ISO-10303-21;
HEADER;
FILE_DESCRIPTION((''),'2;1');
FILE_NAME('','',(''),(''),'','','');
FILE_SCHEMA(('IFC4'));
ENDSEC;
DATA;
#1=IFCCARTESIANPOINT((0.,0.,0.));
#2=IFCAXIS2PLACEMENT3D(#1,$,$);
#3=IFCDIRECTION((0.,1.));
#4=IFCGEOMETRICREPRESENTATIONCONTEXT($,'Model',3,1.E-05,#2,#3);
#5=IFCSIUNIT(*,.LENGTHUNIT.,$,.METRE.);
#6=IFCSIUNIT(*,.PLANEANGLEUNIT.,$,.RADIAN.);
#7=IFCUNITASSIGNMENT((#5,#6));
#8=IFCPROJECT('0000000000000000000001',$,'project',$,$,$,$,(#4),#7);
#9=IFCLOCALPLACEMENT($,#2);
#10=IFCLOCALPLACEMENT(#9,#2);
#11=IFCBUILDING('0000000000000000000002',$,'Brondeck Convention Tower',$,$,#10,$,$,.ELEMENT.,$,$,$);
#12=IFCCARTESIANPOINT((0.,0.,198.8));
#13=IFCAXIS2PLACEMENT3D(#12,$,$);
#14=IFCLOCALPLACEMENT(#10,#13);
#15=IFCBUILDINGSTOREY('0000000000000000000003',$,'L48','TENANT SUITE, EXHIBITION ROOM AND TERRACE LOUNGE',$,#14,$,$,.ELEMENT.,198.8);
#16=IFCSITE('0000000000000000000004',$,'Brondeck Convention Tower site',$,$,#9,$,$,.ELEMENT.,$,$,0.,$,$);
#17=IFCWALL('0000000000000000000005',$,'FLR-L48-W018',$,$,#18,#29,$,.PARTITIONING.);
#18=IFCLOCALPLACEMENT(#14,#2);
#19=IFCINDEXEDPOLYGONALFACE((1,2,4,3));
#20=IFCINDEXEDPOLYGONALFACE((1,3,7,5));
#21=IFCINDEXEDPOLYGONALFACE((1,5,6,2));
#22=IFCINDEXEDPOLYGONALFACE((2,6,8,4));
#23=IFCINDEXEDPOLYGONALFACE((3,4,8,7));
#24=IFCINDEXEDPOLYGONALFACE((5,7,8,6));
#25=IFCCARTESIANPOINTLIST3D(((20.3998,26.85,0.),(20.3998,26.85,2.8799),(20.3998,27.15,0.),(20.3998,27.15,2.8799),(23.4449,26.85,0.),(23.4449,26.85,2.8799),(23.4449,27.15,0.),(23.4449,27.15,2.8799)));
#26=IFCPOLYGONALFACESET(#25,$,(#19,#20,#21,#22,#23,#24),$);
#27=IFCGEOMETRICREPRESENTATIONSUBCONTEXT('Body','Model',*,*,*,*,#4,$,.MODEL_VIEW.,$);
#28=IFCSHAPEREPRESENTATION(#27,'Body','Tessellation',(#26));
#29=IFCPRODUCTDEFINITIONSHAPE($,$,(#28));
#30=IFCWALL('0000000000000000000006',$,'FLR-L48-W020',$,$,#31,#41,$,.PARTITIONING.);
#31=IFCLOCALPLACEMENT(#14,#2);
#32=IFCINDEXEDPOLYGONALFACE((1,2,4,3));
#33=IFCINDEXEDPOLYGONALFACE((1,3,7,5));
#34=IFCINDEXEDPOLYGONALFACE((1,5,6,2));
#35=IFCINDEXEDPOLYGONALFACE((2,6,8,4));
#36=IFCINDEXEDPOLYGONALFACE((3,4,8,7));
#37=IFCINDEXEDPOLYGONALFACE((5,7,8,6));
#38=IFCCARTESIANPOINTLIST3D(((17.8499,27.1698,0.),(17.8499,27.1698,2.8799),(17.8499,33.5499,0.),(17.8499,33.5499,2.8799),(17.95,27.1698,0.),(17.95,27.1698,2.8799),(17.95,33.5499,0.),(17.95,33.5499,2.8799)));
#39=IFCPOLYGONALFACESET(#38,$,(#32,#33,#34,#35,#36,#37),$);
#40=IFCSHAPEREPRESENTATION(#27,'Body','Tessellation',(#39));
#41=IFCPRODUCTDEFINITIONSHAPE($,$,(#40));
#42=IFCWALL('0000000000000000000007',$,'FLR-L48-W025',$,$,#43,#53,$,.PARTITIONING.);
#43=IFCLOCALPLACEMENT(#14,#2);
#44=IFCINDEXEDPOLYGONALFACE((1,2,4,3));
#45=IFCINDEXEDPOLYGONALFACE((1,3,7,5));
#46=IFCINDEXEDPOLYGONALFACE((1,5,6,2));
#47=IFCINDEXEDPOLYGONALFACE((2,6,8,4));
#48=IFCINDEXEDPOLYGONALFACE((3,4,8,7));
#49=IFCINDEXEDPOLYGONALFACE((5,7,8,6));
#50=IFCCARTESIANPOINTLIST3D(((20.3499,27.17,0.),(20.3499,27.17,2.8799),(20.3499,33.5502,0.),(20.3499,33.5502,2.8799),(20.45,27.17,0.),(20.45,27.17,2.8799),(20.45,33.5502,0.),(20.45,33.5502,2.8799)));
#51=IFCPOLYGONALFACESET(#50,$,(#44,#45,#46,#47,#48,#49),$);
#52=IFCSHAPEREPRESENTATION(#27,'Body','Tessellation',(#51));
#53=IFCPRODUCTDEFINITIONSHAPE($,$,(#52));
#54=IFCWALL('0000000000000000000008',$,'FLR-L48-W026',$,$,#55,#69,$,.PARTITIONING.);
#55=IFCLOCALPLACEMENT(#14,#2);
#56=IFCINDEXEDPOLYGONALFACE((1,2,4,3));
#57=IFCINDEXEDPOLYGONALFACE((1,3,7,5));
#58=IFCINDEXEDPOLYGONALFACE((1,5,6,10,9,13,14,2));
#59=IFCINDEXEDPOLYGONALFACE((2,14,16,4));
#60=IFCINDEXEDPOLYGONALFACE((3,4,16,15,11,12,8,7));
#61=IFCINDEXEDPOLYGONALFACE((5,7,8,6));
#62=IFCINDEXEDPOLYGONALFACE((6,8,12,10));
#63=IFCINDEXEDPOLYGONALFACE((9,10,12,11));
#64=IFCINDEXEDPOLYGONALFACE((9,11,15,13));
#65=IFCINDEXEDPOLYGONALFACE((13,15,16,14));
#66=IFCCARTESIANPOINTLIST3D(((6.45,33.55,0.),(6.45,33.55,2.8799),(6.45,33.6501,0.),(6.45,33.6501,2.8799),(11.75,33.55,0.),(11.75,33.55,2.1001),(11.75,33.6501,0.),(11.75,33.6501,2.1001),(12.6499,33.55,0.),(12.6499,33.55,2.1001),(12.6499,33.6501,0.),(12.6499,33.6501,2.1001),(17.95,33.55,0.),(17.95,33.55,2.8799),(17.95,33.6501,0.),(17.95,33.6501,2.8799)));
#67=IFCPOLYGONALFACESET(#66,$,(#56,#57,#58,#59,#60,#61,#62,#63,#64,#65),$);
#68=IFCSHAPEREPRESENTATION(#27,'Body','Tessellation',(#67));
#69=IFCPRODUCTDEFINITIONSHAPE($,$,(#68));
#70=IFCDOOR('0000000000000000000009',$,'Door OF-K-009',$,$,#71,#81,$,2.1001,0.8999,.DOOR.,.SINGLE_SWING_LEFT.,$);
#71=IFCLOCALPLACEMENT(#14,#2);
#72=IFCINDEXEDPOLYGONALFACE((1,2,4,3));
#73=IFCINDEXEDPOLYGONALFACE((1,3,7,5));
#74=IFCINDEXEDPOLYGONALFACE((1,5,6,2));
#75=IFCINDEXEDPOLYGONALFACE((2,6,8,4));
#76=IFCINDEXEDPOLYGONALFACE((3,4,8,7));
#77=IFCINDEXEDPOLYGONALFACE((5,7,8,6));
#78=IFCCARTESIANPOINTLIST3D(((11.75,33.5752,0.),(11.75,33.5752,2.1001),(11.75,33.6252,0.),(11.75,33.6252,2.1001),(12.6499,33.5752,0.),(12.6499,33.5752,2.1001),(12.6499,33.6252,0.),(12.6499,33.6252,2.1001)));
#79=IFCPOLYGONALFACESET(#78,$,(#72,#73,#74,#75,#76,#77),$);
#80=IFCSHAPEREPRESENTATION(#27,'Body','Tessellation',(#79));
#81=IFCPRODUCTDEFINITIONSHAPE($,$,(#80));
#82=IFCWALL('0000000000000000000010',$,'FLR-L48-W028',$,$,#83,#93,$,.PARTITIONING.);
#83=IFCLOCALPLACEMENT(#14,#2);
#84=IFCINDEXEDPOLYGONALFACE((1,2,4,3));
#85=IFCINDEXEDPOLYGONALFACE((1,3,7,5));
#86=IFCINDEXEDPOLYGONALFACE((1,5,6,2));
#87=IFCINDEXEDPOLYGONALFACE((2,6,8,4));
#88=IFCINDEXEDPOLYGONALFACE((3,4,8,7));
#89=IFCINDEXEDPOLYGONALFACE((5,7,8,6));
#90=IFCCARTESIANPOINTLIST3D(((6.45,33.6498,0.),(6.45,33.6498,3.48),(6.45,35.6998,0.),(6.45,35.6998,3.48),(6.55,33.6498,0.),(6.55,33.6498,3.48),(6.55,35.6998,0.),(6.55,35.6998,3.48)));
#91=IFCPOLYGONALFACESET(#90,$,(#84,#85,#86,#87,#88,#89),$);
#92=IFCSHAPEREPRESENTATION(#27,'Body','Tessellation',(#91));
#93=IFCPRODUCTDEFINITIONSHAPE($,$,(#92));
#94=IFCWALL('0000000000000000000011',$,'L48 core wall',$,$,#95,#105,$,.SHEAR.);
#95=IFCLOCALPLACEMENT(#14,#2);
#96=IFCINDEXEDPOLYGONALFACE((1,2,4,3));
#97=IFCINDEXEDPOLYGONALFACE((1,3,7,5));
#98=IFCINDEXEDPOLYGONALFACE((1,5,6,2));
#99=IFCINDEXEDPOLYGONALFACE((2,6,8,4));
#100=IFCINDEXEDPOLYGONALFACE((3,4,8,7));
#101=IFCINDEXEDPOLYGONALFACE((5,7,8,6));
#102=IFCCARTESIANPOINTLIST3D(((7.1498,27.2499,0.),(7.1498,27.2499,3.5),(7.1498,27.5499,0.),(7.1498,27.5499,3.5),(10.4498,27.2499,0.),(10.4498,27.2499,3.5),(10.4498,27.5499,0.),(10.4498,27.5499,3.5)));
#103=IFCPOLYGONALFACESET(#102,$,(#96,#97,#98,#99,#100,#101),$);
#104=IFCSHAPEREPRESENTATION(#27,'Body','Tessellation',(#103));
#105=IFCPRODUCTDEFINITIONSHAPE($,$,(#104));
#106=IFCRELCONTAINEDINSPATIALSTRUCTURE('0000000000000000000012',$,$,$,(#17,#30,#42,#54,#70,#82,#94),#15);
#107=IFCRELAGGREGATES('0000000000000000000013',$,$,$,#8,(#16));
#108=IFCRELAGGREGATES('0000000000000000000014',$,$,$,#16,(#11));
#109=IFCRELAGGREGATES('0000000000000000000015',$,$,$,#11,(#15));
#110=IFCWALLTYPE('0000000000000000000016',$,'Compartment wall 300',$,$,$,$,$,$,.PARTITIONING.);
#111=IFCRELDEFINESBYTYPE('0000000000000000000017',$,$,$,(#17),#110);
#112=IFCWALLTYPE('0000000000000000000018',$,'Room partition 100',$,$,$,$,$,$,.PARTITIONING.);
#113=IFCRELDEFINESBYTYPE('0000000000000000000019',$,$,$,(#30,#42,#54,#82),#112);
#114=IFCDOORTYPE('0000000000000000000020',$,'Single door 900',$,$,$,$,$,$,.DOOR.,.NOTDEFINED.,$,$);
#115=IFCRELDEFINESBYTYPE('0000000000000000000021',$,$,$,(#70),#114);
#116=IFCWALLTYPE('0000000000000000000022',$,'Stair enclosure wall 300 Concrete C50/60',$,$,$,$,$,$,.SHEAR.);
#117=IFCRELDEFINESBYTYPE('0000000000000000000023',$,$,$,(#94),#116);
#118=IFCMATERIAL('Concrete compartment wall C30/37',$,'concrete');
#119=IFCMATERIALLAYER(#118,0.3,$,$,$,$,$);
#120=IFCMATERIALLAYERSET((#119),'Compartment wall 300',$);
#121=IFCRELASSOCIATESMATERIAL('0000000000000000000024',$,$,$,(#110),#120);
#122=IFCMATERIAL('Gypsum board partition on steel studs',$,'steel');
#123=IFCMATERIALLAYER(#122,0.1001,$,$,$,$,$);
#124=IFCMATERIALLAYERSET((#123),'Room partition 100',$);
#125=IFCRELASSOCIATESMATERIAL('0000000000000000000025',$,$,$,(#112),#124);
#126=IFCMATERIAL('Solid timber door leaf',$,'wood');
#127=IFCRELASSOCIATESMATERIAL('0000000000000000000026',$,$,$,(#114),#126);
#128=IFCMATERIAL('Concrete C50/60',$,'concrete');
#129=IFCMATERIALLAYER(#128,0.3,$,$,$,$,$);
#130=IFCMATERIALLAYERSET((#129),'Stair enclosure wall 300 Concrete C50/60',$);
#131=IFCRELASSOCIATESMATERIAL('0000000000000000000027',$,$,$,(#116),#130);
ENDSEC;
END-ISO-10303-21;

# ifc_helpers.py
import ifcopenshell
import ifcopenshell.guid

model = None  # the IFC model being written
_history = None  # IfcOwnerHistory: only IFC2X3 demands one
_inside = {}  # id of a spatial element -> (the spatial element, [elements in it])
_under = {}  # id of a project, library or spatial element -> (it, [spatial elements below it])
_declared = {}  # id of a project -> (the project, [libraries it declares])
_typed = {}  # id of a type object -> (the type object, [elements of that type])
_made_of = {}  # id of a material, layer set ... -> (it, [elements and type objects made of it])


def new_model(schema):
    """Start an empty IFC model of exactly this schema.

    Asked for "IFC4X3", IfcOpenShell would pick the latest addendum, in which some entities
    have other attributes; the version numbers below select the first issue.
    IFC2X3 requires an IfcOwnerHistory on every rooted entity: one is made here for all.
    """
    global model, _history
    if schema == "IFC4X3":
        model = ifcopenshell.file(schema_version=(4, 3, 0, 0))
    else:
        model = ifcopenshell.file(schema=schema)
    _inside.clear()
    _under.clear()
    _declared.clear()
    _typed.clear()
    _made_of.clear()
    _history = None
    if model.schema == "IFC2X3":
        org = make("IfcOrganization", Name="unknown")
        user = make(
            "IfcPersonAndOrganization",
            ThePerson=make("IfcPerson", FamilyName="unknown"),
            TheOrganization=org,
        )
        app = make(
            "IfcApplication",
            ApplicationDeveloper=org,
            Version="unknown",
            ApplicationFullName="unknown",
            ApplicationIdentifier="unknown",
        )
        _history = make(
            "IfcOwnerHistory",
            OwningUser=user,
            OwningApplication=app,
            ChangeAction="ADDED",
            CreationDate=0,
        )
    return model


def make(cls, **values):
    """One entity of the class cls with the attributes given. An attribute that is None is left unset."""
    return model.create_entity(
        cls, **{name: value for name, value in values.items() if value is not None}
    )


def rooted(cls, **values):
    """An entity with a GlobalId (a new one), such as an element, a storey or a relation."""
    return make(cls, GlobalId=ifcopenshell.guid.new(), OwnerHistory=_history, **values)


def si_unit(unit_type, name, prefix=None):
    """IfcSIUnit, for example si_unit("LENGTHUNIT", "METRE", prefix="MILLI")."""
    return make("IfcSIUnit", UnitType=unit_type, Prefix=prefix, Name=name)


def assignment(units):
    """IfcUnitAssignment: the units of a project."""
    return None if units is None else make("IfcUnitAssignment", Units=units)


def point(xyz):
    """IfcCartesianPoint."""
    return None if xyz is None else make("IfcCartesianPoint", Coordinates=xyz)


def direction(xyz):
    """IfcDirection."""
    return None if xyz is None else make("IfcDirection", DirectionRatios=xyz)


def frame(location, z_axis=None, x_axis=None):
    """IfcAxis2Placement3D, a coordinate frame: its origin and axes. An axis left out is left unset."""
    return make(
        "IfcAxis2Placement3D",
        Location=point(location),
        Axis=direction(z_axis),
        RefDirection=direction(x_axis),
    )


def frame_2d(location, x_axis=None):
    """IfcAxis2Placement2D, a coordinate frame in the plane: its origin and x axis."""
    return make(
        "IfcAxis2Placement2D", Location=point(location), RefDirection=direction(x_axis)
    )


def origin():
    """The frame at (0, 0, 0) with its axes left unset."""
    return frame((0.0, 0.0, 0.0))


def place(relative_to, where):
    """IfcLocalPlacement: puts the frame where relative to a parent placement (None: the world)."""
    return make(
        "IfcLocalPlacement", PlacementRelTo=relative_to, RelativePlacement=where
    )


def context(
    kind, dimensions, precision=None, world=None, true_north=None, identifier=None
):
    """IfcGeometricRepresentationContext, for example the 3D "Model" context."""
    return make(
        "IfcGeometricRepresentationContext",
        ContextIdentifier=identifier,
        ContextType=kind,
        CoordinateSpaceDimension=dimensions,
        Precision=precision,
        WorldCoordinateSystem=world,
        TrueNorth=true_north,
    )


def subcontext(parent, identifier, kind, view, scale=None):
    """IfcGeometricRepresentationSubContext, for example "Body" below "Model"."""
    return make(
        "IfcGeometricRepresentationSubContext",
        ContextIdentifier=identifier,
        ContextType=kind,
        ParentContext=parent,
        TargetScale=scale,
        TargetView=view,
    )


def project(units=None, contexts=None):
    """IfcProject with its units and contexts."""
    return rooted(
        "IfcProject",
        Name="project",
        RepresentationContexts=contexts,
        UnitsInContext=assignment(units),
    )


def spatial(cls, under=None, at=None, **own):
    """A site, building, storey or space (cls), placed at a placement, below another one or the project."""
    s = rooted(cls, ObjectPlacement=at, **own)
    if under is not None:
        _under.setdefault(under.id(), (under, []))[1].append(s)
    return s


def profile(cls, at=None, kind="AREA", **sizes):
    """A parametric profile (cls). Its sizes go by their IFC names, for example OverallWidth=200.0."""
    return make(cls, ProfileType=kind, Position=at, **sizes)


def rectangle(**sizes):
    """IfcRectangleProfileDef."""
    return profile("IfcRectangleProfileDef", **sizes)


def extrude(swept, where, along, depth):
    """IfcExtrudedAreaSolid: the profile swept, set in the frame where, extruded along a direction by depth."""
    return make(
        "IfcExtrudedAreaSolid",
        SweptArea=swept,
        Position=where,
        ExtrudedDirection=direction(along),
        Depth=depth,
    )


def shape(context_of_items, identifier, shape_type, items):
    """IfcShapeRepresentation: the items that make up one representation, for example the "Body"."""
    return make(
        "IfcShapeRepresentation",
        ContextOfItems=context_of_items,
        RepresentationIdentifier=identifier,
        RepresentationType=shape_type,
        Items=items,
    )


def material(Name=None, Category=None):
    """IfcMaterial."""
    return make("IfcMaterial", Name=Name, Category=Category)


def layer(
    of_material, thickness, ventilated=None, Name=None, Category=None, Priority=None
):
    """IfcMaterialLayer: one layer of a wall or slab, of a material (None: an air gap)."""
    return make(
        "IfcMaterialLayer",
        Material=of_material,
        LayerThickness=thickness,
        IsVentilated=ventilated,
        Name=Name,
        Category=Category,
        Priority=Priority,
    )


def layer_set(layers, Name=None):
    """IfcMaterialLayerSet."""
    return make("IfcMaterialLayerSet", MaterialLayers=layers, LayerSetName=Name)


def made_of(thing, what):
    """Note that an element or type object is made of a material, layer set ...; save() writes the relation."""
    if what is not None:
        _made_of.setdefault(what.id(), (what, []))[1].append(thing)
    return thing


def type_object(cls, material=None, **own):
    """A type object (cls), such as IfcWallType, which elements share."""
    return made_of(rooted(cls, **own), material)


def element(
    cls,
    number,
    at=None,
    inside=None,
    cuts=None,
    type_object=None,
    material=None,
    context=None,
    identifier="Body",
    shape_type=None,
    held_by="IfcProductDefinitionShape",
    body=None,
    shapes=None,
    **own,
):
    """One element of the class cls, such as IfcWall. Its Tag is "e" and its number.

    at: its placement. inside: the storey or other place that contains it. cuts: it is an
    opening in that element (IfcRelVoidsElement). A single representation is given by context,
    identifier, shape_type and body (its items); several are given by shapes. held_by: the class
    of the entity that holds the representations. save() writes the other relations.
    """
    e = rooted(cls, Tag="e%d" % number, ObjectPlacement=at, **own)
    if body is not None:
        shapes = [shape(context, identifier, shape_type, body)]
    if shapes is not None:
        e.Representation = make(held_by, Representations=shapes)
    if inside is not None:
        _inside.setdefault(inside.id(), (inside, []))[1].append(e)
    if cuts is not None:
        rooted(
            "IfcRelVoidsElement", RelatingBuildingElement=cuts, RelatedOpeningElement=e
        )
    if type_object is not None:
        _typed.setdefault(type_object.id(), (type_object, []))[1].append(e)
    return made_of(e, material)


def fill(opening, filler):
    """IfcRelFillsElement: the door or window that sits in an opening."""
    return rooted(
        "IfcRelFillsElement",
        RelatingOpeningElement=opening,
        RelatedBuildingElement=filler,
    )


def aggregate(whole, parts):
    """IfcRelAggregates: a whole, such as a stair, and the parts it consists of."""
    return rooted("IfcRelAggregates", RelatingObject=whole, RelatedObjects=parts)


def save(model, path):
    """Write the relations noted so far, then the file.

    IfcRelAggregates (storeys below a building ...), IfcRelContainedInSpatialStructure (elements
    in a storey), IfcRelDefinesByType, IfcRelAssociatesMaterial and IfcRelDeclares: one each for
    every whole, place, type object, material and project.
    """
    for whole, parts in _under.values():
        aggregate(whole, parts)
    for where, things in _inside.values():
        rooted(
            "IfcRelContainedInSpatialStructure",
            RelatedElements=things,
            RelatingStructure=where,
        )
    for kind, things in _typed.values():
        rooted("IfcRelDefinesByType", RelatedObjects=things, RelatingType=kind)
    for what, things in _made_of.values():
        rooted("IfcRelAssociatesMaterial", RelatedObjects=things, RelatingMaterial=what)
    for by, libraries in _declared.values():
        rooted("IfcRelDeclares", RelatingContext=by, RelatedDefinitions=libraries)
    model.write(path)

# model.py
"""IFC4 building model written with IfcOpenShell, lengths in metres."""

from ifc_helpers import new_model, si_unit, direction, frame, frame_2d, origin, place, context, subcontext, project, spatial, rectangle, extrude, material, layer, layer_set, type_object, element, fill, save


model = new_model("IFC4")

# Units and contexts
model_context = context("Model", 3, precision=1e-05, world=origin(), true_north=direction((0.0, 1.0)))
body_context = subcontext(model_context, "Body", "Model", "MODEL_VIEW")
ifc_project = project(units=[si_unit("LENGTHUNIT", "METRE"), si_unit("PLANEANGLEUNIT", "RADIAN")], contexts=[model_context])

# Site, building, storey
site_placement = place(None, origin())
site = spatial("IfcSite", under=ifc_project, at=site_placement, Name="Brondeck Convention Tower site", CompositionType="ELEMENT", RefElevation=0.0)
building_placement = place(site_placement, origin())
building = spatial("IfcBuilding", under=site, at=building_placement, Name="Brondeck Convention Tower", CompositionType="ELEMENT")
storey_placement = place(building_placement, frame((0.0, 0.0, 198.8)))
storey = spatial("IfcBuildingStorey", under=building, at=storey_placement, Name="L48", Description="TENANT SUITE, EXHIBITION ROOM AND TERRACE LOUNGE", CompositionType="ELEMENT", Elevation=198.8)

# Shared definitions
ifc_material_1 = material(Name="Concrete C50/60", Category="concrete")

# Shared definitions
ifc_material_2 = material(Name="Concrete compartment wall C30/37", Category="concrete")
ifc_layer_1 = layer(ifc_material_2, 0.3)
ifc_layer_set_1 = layer_set([ifc_layer_1], Name="Compartment wall 300")
wall_type_1 = type_object("IfcWallType", Name="Compartment wall 300", PredefinedType="PARTITIONING", material=ifc_layer_set_1)

# Walls
wall_1_placement = place(storey_placement, frame((20.3999, 27.0, 0.0), z_axis=(0.0, 0.0, 1.0), x_axis=(1.0, 0.0, 0.0)))
element("IfcWall", 1, at=wall_1_placement, inside=storey, type_object=wall_type_1, Name="FLR-L48-W018", PredefinedType="PARTITIONING", context=body_context, shape_type="SweptSolid", body=[
    extrude(rectangle(XDim=3.0452, YDim=0.3, at=frame_2d((1.5225, 0.0))), origin(), (0.0, 0.0, 1.0), 2.8799),
])
ifc_material_3 = material(Name="Gypsum board partition on steel studs", Category="steel")
ifc_layer_2 = layer(ifc_material_3, 0.1001)
ifc_layer_set_2 = layer_set([ifc_layer_2], Name="Room partition 100")
wall_type_2 = type_object("IfcWallType", Name="Room partition 100", PredefinedType="PARTITIONING", material=ifc_layer_set_2)
for number, where, z_axis, x_axis, name in (
    (2, (17.8999, 27.1699, 0.0), (0.0, 0.0, 1.0), (0.0, 1.0, 0.0), "FLR-L48-W020"),
    (3, (20.3999, 33.55, 0.0), (0.0, 0.0, 1.0), (0.0, -1.0, 0.0), "FLR-L48-W025"),
):
    element("IfcWall", number, at=place(storey_placement, frame(where, z_axis=z_axis, x_axis=x_axis)), inside=storey, type_object=wall_type_2, Name=name, PredefinedType="PARTITIONING", context=body_context, shape_type="SweptSolid", body=[
        extrude(rectangle(XDim=6.3801, YDim=0.1001, at=frame_2d((3.1899, 0.0))), origin(), (0.0, 0.0, 1.0), 2.8799),
    ])

# Wall, opening, door
wall_2_placement = place(storey_placement, frame((17.95, 33.6001, 0.0), z_axis=(0.0, 0.0, 1.0), x_axis=(-1.0, 0.0, 0.0)))
wall_2 = element("IfcWall", 4, at=wall_2_placement, inside=storey, type_object=wall_type_2, Name="FLR-L48-W026", PredefinedType="PARTITIONING", context=body_context, shape_type="SweptSolid", body=[
    extrude(rectangle(XDim=11.5, YDim=0.1001, at=frame_2d((5.75, 0.0))), origin(), (0.0, 0.0, 1.0), 2.8799),
])
opening_1_placement = place(wall_2_placement, frame((5.3, 0.0, 0.0)))
opening_1 = element("IfcOpeningElement", 5, at=opening_1_placement, cuts=wall_2, PredefinedType="OPENING", context=body_context, shape_type="SweptSolid", body=[
    extrude(rectangle(XDim=0.8999, YDim=2.1001, at=frame_2d((0.45, 1.05))), frame((0.0, 0.0601, 0.0), z_axis=(0.0, -1.0, 0.0), x_axis=(1.0, 0.0, 0.0)), (0.0, 0.0, 1.0), 0.1201),
])
ifc_material_4 = material(Name="Solid timber door leaf", Category="wood")
door_type_1 = type_object("IfcDoorType", Name="Single door 900", OperationType="NOTDEFINED", PredefinedType="DOOR", material=ifc_material_4)
door_1_placement = place(opening_1_placement, origin())
door_1 = element("IfcDoor", 6, at=door_1_placement, inside=storey, type_object=door_type_1, Name="Door OF-K-009", OperationType="SINGLE_SWING_LEFT", OverallHeight=2.1001, OverallWidth=0.8999, PredefinedType="DOOR", context=body_context, shape_type="SweptSolid", body=[
    extrude(rectangle(XDim=0.8999, YDim=2.1001, at=frame_2d((0.45, 1.05))), frame((0.0, 0.0249, 0.0), z_axis=(0.0, -1.0, 0.0), x_axis=(1.0, 0.0, 0.0)), (0.0, 0.0, 1.0), 0.05),
])
fill(opening_1, door_1)

# Walls
wall_3_placement = place(storey_placement, frame((6.5, 33.6499, 0.0), z_axis=(0.0, 0.0, 1.0), x_axis=(0.0, 1.0, 0.0)))
element("IfcWall", 7, at=wall_3_placement, inside=storey, type_object=wall_type_2, Name="FLR-L48-W028", PredefinedType="PARTITIONING", context=body_context, shape_type="SweptSolid", body=[
    extrude(rectangle(XDim=2.05, YDim=0.1001, at=frame_2d((1.0249, 0.0))), origin(), (0.0, 0.0, 1.0), 3.48),
])
ifc_layer_3 = layer(ifc_material_1, 0.3)
ifc_layer_set_3 = layer_set([ifc_layer_3], Name="Stair enclosure wall 300 Concrete C50/60")
wall_type_3 = type_object("IfcWallType", Name="Stair enclosure wall 300 Concrete C50/60", PredefinedType="SHEAR", material=ifc_layer_set_3)
wall_4_placement = place(storey_placement, frame((7.1499, 27.3999, 0.0), z_axis=(0.0, 0.0, 1.0), x_axis=(1.0, 0.0, 0.0)))
element("IfcWall", 8, at=wall_4_placement, inside=storey, type_object=wall_type_3, Name="L48 core wall", PredefinedType="SHEAR", context=body_context, shape_type="SweptSolid", body=[
    extrude(rectangle(XDim=3.3, YDim=0.3, at=frame_2d((1.6499, 0.0))), origin(), (0.0, 0.0, 1.0), 3.5),
])

save(model, "model.ifc")
